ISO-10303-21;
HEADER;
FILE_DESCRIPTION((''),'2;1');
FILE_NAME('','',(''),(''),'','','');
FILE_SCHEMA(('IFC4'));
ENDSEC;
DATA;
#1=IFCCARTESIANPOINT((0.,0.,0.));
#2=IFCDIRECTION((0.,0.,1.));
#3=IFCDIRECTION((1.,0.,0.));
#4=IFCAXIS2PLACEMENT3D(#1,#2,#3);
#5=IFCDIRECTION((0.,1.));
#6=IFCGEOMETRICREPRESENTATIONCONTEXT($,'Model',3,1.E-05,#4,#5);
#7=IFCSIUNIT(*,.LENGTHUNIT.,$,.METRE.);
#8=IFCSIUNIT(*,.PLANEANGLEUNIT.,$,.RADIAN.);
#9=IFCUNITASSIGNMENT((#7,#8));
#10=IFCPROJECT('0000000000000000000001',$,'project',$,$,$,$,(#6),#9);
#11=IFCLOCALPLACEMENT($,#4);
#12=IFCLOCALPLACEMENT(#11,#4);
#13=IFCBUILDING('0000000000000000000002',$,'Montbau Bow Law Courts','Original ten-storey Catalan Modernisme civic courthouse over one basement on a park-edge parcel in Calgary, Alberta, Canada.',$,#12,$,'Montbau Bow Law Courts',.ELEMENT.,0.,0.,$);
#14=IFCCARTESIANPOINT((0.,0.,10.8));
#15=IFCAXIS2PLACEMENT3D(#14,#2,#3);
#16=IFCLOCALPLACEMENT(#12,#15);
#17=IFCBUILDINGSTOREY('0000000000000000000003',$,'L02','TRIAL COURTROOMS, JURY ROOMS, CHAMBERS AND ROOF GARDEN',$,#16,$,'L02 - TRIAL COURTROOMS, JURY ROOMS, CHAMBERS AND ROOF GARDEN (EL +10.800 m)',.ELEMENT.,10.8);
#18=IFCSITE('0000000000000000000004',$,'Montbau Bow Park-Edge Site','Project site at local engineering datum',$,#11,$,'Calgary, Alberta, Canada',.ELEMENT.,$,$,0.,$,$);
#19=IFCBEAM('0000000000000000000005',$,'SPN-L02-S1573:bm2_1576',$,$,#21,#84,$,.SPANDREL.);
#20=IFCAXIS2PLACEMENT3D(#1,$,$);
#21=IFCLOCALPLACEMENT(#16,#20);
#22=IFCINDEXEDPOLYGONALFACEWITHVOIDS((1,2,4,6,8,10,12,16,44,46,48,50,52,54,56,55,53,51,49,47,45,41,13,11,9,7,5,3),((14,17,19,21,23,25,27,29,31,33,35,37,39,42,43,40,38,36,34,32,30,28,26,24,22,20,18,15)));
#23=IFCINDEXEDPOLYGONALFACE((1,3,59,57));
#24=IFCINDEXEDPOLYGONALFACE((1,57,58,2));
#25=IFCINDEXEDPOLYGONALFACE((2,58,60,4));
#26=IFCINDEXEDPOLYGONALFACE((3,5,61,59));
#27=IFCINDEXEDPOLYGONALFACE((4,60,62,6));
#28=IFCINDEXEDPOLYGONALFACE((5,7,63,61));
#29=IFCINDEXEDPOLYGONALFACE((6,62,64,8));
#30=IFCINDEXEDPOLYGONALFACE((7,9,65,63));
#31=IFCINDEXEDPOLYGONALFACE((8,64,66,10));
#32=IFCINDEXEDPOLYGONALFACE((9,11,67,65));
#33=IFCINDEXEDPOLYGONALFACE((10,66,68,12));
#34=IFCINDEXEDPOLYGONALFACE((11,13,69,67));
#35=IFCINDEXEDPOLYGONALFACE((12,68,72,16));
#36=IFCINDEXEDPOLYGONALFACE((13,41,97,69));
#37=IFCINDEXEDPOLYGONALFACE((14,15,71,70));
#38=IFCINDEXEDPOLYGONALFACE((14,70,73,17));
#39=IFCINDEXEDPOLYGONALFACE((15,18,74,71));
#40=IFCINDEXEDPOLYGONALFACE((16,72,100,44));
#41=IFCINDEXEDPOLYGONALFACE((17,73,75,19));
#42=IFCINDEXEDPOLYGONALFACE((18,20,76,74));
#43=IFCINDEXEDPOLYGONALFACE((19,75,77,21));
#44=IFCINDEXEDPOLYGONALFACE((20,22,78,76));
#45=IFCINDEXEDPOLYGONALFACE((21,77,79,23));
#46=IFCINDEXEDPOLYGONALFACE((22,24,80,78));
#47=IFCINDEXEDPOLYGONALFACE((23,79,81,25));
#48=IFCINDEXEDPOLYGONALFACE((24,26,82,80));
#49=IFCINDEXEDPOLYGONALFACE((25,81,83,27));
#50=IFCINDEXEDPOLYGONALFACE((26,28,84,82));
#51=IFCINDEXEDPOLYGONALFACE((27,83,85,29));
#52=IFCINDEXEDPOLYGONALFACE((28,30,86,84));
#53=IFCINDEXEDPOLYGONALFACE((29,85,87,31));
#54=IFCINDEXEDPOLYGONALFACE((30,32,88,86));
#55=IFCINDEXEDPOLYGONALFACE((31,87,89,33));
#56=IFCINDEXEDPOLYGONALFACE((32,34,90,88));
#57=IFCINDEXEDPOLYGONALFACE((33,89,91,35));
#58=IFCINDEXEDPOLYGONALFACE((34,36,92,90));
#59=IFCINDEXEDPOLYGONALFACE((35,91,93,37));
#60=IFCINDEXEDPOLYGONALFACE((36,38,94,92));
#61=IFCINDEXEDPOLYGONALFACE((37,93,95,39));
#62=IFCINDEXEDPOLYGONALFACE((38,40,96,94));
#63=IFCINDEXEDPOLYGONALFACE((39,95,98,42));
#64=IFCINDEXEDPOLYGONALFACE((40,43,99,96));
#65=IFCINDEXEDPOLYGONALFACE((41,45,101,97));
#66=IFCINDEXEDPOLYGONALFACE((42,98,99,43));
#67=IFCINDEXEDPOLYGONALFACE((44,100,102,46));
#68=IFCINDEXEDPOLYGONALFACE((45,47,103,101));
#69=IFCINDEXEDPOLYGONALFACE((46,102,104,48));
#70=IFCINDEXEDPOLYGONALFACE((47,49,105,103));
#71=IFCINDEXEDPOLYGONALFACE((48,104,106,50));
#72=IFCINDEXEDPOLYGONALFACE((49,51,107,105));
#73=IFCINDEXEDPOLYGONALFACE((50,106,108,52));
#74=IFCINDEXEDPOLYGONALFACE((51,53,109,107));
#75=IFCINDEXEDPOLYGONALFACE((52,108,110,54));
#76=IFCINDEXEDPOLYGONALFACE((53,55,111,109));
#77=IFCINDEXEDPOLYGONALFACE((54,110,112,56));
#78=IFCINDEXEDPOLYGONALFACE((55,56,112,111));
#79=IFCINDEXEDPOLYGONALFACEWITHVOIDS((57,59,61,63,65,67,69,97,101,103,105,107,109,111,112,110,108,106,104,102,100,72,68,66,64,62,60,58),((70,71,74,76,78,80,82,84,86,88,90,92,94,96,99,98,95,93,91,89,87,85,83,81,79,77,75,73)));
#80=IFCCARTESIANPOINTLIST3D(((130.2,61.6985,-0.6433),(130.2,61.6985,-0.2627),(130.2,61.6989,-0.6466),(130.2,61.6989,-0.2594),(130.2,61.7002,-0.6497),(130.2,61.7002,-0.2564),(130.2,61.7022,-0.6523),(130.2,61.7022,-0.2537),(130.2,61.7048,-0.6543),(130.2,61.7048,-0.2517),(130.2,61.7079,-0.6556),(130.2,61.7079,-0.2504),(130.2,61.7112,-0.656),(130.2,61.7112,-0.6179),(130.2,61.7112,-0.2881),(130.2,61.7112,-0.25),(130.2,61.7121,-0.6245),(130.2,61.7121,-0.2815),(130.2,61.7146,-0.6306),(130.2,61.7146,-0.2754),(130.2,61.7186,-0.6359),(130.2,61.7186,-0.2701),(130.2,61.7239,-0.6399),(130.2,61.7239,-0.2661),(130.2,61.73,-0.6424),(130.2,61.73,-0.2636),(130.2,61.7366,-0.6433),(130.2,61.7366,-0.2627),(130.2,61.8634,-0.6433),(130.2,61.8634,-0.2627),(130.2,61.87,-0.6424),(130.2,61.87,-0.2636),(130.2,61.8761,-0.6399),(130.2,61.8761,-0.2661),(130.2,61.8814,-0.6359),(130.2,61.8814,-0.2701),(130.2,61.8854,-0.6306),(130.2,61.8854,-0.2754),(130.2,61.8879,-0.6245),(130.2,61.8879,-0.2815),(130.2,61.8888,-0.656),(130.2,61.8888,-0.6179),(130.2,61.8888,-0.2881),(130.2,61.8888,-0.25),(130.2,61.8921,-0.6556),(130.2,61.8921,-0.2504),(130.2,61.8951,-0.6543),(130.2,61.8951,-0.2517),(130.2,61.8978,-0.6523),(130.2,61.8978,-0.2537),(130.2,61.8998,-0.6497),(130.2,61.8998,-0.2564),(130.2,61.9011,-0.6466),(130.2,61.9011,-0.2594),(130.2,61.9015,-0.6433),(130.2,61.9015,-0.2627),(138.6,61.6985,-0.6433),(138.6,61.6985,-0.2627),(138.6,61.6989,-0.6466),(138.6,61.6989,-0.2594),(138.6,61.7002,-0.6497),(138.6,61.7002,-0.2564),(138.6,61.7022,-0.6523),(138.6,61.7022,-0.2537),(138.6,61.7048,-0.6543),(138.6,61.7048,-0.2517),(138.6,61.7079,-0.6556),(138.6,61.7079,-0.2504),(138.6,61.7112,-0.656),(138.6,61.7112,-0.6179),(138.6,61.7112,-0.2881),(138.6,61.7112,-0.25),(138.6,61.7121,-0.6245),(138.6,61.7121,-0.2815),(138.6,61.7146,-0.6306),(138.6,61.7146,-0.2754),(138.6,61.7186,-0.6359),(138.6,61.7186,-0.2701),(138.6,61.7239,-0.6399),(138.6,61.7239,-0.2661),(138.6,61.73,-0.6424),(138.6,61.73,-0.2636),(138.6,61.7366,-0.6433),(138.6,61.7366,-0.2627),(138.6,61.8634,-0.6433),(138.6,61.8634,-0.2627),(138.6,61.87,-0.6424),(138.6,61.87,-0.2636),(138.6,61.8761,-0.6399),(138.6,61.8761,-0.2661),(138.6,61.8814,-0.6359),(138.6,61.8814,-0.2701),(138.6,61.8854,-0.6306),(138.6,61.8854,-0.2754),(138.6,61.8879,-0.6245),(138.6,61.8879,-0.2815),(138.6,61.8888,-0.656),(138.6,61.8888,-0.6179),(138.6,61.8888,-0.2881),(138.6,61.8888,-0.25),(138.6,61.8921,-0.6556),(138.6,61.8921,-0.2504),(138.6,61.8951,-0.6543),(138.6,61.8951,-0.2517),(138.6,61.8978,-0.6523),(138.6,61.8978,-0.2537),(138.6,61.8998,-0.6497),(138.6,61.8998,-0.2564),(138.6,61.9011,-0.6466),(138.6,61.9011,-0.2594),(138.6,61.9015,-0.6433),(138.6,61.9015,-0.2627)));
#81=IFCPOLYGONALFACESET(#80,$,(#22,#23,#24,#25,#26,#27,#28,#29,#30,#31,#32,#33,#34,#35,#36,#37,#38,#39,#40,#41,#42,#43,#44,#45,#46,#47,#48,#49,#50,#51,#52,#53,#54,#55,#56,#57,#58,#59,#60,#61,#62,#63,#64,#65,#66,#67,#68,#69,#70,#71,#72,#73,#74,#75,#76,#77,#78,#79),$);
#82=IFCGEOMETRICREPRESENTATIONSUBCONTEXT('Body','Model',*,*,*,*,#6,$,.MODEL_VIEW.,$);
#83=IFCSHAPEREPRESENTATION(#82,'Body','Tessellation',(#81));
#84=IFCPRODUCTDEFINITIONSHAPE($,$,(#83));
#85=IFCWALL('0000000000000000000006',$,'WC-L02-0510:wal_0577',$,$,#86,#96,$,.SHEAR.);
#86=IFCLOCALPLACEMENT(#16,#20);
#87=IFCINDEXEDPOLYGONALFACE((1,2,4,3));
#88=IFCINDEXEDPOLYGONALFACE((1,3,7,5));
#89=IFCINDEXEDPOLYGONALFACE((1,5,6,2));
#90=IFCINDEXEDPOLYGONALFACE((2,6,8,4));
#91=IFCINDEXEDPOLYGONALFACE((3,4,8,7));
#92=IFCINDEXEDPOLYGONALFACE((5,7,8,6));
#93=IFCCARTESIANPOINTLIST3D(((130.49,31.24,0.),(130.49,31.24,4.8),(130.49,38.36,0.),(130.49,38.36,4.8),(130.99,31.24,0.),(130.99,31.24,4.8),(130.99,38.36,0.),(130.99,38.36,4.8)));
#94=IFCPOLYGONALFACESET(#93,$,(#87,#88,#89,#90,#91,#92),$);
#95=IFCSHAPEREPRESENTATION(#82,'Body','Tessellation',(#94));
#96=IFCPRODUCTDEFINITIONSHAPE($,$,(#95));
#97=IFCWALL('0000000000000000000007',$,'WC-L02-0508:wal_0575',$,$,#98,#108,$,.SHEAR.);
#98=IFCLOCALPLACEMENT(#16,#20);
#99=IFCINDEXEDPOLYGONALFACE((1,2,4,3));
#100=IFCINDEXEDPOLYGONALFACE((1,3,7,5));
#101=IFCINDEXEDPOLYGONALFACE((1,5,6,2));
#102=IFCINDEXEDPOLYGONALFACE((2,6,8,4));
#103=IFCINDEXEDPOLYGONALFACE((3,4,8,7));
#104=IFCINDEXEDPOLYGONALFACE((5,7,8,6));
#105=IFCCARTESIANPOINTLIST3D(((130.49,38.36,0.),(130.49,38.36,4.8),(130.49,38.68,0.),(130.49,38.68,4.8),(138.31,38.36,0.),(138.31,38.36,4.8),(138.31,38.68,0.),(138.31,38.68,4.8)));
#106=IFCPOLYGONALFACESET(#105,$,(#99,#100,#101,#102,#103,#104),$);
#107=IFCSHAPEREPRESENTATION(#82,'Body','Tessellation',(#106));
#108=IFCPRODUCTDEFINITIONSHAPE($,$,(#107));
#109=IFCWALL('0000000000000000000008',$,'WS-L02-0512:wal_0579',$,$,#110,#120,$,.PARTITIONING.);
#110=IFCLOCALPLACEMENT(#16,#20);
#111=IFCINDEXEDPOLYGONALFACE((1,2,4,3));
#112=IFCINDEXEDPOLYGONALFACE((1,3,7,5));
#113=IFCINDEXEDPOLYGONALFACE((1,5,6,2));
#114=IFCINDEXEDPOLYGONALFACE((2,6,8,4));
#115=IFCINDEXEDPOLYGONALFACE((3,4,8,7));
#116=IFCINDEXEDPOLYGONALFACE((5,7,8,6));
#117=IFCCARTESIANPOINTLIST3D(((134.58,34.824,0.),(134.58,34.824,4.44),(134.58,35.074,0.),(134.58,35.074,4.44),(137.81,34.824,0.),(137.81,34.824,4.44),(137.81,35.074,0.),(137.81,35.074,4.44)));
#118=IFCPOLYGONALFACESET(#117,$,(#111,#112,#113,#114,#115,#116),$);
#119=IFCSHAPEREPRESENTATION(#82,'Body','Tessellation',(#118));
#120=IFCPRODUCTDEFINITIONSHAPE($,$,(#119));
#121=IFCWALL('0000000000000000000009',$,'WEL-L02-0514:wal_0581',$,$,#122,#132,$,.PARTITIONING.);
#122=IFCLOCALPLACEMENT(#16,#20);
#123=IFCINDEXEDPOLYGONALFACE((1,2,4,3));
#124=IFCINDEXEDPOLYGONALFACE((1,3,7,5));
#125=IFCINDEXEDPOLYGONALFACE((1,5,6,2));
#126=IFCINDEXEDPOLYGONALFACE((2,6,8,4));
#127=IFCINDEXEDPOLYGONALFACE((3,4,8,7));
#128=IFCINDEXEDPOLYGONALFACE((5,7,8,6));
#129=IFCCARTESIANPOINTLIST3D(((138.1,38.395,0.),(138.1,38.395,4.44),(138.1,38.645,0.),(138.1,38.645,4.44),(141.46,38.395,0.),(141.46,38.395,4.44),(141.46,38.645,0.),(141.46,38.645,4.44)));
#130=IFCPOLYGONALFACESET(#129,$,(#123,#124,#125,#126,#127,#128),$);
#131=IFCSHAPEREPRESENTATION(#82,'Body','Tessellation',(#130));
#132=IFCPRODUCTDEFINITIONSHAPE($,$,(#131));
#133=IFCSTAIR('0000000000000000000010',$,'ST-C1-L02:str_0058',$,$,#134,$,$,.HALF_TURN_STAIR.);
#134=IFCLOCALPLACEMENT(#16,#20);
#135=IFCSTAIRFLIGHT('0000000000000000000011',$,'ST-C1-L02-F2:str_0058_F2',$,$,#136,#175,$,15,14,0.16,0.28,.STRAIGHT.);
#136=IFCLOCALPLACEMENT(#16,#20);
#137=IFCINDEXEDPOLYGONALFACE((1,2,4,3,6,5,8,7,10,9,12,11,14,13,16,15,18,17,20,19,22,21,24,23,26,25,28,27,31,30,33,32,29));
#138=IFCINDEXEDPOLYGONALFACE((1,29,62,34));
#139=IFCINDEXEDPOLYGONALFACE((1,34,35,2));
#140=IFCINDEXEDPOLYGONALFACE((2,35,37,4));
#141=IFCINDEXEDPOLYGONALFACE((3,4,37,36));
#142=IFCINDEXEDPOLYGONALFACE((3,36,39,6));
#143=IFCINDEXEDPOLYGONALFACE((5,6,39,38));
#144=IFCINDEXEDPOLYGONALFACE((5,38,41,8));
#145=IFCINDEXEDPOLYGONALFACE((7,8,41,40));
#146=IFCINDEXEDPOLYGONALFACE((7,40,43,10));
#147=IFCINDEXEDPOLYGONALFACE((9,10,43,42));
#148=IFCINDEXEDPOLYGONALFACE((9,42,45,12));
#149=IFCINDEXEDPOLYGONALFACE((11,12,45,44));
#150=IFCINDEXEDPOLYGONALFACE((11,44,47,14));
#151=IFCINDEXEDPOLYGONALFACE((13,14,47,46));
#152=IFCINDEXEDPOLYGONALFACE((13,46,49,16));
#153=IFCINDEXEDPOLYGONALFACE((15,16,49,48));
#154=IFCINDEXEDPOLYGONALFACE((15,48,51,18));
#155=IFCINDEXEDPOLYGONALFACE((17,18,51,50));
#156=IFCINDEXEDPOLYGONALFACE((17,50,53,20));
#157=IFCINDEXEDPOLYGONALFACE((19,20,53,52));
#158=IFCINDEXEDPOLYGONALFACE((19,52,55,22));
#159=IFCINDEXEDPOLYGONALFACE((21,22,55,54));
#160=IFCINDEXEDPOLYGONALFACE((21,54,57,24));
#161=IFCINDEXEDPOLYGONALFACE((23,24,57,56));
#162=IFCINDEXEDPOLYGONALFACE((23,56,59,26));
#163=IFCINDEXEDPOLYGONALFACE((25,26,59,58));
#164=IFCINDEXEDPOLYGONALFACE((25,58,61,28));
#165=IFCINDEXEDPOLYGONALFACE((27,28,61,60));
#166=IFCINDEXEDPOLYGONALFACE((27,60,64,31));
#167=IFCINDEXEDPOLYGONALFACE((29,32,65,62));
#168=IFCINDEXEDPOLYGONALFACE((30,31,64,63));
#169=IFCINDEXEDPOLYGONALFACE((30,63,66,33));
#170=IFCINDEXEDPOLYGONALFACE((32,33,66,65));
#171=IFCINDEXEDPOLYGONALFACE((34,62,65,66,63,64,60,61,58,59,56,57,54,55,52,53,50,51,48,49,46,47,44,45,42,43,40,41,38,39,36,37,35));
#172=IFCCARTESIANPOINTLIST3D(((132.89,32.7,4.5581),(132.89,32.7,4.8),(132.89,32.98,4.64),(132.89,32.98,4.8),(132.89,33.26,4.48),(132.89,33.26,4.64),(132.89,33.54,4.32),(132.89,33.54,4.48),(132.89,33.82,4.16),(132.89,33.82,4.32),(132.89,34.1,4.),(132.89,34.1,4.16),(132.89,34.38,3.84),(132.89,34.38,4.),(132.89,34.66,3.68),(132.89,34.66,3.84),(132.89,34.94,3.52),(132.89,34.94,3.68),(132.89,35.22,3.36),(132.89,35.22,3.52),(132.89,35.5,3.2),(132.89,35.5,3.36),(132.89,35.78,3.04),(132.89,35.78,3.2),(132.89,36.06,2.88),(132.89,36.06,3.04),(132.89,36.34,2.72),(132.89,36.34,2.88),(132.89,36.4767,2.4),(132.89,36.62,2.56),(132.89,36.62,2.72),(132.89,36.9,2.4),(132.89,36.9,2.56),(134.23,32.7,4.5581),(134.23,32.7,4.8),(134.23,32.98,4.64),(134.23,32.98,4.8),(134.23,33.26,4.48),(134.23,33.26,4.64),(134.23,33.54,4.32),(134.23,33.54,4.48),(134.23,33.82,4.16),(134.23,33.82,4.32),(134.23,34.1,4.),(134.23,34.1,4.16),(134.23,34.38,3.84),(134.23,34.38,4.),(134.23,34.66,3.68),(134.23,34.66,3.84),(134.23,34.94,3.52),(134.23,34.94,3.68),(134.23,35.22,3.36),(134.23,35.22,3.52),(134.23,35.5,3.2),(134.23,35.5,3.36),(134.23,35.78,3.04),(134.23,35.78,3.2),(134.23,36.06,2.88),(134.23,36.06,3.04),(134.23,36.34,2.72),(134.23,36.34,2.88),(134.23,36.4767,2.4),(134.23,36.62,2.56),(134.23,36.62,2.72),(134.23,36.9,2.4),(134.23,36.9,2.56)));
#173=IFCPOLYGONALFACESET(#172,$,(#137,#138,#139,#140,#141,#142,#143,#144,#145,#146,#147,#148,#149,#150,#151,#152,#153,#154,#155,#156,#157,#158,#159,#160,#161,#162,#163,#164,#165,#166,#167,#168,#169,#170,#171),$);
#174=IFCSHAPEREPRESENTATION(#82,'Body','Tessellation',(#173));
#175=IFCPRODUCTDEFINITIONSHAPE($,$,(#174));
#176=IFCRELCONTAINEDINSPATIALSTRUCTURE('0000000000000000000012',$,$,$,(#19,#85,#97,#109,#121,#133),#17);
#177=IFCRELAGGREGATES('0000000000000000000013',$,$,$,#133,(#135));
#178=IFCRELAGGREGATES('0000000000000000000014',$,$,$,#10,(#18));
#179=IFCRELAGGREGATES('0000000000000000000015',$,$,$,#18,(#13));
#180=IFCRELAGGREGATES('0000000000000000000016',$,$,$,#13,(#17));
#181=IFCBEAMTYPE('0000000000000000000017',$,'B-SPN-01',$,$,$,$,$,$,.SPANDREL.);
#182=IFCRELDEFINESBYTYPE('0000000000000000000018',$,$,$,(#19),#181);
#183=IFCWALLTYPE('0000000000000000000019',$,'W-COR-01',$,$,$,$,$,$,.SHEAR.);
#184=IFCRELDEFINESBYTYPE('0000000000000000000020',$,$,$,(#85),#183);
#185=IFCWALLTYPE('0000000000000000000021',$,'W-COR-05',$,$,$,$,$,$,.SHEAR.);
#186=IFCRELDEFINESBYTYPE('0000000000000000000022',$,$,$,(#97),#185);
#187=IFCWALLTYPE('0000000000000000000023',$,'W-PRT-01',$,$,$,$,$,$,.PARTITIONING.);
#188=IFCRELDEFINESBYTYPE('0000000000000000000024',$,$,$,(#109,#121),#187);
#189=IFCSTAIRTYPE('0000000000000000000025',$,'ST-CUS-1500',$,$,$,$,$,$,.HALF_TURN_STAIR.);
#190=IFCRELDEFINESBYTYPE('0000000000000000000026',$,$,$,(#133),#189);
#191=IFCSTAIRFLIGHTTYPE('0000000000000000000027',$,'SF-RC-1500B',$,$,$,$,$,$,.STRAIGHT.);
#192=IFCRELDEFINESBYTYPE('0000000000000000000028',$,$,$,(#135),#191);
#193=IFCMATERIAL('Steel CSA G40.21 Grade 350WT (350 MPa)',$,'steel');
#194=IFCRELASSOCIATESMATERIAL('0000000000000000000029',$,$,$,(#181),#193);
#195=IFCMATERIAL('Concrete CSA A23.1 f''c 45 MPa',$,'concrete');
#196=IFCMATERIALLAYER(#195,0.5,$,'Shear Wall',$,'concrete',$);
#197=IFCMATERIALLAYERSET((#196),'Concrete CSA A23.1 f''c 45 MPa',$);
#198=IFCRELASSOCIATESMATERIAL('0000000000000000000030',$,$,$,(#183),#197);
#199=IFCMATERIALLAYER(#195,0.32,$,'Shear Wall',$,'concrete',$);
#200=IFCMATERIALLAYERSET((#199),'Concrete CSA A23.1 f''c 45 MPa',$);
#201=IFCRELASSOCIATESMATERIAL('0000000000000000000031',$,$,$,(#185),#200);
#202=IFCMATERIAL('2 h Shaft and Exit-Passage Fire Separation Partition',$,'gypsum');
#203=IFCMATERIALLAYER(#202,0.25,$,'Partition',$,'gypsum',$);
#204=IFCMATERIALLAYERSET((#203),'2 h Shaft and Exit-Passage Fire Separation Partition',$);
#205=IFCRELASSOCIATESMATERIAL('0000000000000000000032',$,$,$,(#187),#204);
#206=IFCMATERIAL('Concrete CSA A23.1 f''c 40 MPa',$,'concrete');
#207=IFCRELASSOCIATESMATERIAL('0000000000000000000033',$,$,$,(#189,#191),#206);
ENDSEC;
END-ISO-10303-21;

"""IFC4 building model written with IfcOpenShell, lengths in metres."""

from ifc_helpers import new_model, si_unit, direction, frame, frame_2d, origin_with_axes, origin_2d_with_axis, place, context, subcontext, project, spatial, polyline, rectangle, hollow_rectangle, outline, extrude, material, layer, layer_set, material_profile, profile_set, type_object, element, aggregate, save


model = new_model("IFC4")

# Units and contexts
model_context = context("Model", 3, precision=1e-05, world=origin_with_axes(), true_north=direction((0.0, 1.0)))
body_context = subcontext(model_context, "Body", "Model", "MODEL_VIEW")
ifc_project = project(units=[si_unit("LENGTHUNIT", "METRE"), si_unit("PLANEANGLEUNIT", "RADIAN")], contexts=[model_context])

# Site, building, storey
site_placement = place(None, origin_with_axes())
site = spatial("IfcSite", under=ifc_project, at=site_placement, Name="Montbau Bow Park-Edge Site", Description="Project site at local engineering datum", LongName="Calgary, Alberta, Canada", CompositionType="ELEMENT", RefElevation=0.0)
building_placement = place(site_placement, origin_with_axes())
building = spatial("IfcBuilding", under=site, at=building_placement, Name="Montbau Bow Law Courts", Description="Original ten-storey Catalan Modernisme civic courthouse over one basement on a park-edge parcel in Calgary, Alberta, Canada.", LongName="Montbau Bow Law Courts", CompositionType="ELEMENT", ElevationOfRefHeight=0.0, ElevationOfTerrain=0.0)
storey_placement = place(building_placement, frame((0.0, 0.0, 10.8), z_axis=(0.0, 0.0, 1.0), x_axis=(1.0, 0.0, 0.0)))
storey = spatial("IfcBuildingStorey", under=building, at=storey_placement, Name="L02", Description="TRIAL COURTROOMS, JURY ROOMS, CHAMBERS AND ROOF GARDEN", LongName="L02 - TRIAL COURTROOMS, JURY ROOMS, CHAMBERS AND ROOF GARDEN (EL +10.800 m)", CompositionType="ELEMENT", Elevation=10.8)

# Shared definitions
ifc_material_1 = material(Name="Concrete CSA A23.1 f'c 40 MPa", Category="concrete")

# Beam
ifc_material_2 = material(Name="Steel CSA G40.21 Grade 350WT (350 MPa)", Category="steel")
ifc_material_profile_1 = material_profile(ifc_material_2, hollow_rectangle(XDim=0.203, YDim=0.406, WallThickness=0.0127, InnerFilletRadius=0.0254, OuterFilletRadius=0.0127, at=origin_2d_with_axis()), Name="HSS406X203X13", Category="Main", Priority=0)
ifc_profile_set_1 = profile_set([ifc_material_profile_1], Name="Steel CSA G40.21 Grade 350WT (350 MPa)")
beam_type_1 = type_object("IfcBeamType", Name="B-SPN-01", PredefinedType="SPANDREL", material=ifc_profile_set_1)
beam_1_placement = place(None, frame((130.2, 61.8, 10.347), z_axis=(1.0, 0.0, 0.0), x_axis=(0.0, 1.0, 0.0)))
element("IfcBeam", 1, at=beam_1_placement, inside=storey, type_object=beam_type_1, Name="SPN-L02-S1573:bm2_1576", PredefinedType="SPANDREL", context=body_context, shape_type="SweptSolid", body=[
    extrude(hollow_rectangle(XDim=0.203, YDim=0.406, WallThickness=0.0127, InnerFilletRadius=0.0254, OuterFilletRadius=0.0127, at=origin_2d_with_axis()), origin_with_axes(), (0.0, 0.0, 1.0), 8.4),
])

# Walls
ifc_material_3 = material(Name="Concrete CSA A23.1 f'c 45 MPa", Category="concrete")
ifc_layer_1 = layer(ifc_material_3, 0.5, Name="Shear Wall", Category="concrete")
ifc_layer_set_1 = layer_set([ifc_layer_1], Name="Concrete CSA A23.1 f'c 45 MPa")
wall_type_1 = type_object("IfcWallType", Name="W-COR-01", PredefinedType="SHEAR", material=ifc_layer_set_1)
wall_1_placement = place(None, frame((130.74, 38.36, 10.8), z_axis=(0.0, 0.0, 1.0), x_axis=(0.0, -1.0, 0.0)))
element("IfcWall", 2, at=wall_1_placement, inside=storey, type_object=wall_type_1, Name="WC-L02-0510:wal_0577", PredefinedType="SHEAR", context=body_context, shape_type="SweptSolid", body=[
    extrude(rectangle(XDim=7.12, YDim=0.5, at=frame_2d((3.56, 0.0), x_axis=(1.0, 0.0))), origin_with_axes(), (0.0, 0.0, 1.0), 4.8),
])
ifc_layer_2 = layer(ifc_material_3, 0.32, Name="Shear Wall", Category="concrete")
ifc_layer_set_2 = layer_set([ifc_layer_2], Name="Concrete CSA A23.1 f'c 45 MPa")
wall_type_2 = type_object("IfcWallType", Name="W-COR-05", PredefinedType="SHEAR", material=ifc_layer_set_2)
wall_2_placement = place(None, frame((138.31, 38.52, 10.8), z_axis=(0.0, 0.0, 1.0), x_axis=(-1.0, 0.0, 0.0)))
element("IfcWall", 3, at=wall_2_placement, inside=storey, type_object=wall_type_2, Name="WC-L02-0508:wal_0575", PredefinedType="SHEAR", context=body_context, shape_type="SweptSolid", body=[
    extrude(rectangle(XDim=7.82, YDim=0.32, at=frame_2d((3.91, 0.0), x_axis=(1.0, 0.0))), origin_with_axes(), (0.0, 0.0, 1.0), 4.8),
])
ifc_material_4 = material(Name="2 h Shaft and Exit-Passage Fire Separation Partition", Category="gypsum")
ifc_layer_3 = layer(ifc_material_4, 0.25, Name="Partition", Category="gypsum")
ifc_layer_set_3 = layer_set([ifc_layer_3], Name="2 h Shaft and Exit-Passage Fire Separation Partition")
wall_type_3 = type_object("IfcWallType", Name="W-PRT-01", PredefinedType="PARTITIONING", material=ifc_layer_set_3)
wall_3_placement = place(None, frame((134.58, 34.949, 10.8), z_axis=(0.0, 0.0, 1.0), x_axis=(1.0, 0.0, 0.0)))
element("IfcWall", 4, at=wall_3_placement, inside=storey, type_object=wall_type_3, Name="WS-L02-0512:wal_0579", PredefinedType="PARTITIONING", context=body_context, shape_type="SweptSolid", body=[
    extrude(rectangle(XDim=3.23, YDim=0.25, at=frame_2d((1.615, 0.0), x_axis=(1.0, 0.0))), origin_with_axes(), (0.0, 0.0, 1.0), 4.44),
])
wall_4_placement = place(None, frame((138.1, 38.52, 10.8), z_axis=(0.0, 0.0, 1.0), x_axis=(1.0, 0.0, 0.0)))
element("IfcWall", 5, at=wall_4_placement, inside=storey, type_object=wall_type_3, Name="WEL-L02-0514:wal_0581", PredefinedType="PARTITIONING", context=body_context, shape_type="SweptSolid", body=[
    extrude(rectangle(XDim=3.36, YDim=0.25, at=frame_2d((1.68, 0.0), x_axis=(1.0, 0.0))), origin_with_axes(), (0.0, 0.0, 1.0), 4.44),
])

# Stair, stair flight
stair_type = type_object("IfcStairType", Name="ST-CUS-1500", PredefinedType="HALF_TURN_STAIR", material=ifc_material_1)
stair_placement = place(None, frame((131.69, 32.7, 10.8), z_axis=(0.0, 0.0, 1.0), x_axis=(1.0, 0.0, 0.0)))
stair = element("IfcStair", 6, at=stair_placement, inside=storey, type_object=stair_type, Name="ST-C1-L02:str_0058", PredefinedType="HALF_TURN_STAIR")
stair_flight_type = type_object("IfcStairFlightType", Name="SF-RC-1500B", PredefinedType="STRAIGHT", material=ifc_material_1)
stair_flight_placement = place(None, frame((133.56, 36.9, 13.2), z_axis=(0.0, 0.0, 1.0), x_axis=(0.0, -1.0, 0.0)))
stair_flight = element("IfcStairFlight", 7, at=stair_flight_placement, type_object=stair_flight_type, Name="ST-C1-L02-F2:str_0058_F2", NumberOfRisers=15, NumberOfTreads=14, PredefinedType="STRAIGHT", RiserHeight=0.16, TreadLength=0.28, context=body_context, shape_type="SweptSolid", body=[
    extrude(outline(polyline([(0.0, 0.0), (0.0, 0.16), (0.28, 0.16), (0.28, 0.32), (0.56, 0.32), (0.56, 0.48), (0.84, 0.48), (0.84, 0.64), (1.12, 0.64), (1.12, 0.8), (1.4, 0.8), (1.4, 0.96), (1.68, 0.96), (1.68, 1.12), (1.96, 1.12), (1.96, 1.28), (2.24, 1.28), (2.24, 1.44), (2.52, 1.44), (2.52, 1.6), (2.8, 1.6), (2.8, 1.76), (3.08, 1.76), (3.08, 1.92), (3.36, 1.92), (3.36, 2.08), (3.64, 2.08), (3.64, 2.24), (3.92, 2.24), (3.92, 2.4), (4.2, 2.4), (4.2, 2.1581), (0.4233, 0.0), (0.0, 0.0)])), frame((0.0, 0.67, 0.0), z_axis=(0.0, -1.0, 0.0), x_axis=(1.0, 0.0, 0.0)), (0.0, 0.0, 1.0), 1.34),
])
aggregate(stair, [stair_flight])

save(model, "model.ifc")
